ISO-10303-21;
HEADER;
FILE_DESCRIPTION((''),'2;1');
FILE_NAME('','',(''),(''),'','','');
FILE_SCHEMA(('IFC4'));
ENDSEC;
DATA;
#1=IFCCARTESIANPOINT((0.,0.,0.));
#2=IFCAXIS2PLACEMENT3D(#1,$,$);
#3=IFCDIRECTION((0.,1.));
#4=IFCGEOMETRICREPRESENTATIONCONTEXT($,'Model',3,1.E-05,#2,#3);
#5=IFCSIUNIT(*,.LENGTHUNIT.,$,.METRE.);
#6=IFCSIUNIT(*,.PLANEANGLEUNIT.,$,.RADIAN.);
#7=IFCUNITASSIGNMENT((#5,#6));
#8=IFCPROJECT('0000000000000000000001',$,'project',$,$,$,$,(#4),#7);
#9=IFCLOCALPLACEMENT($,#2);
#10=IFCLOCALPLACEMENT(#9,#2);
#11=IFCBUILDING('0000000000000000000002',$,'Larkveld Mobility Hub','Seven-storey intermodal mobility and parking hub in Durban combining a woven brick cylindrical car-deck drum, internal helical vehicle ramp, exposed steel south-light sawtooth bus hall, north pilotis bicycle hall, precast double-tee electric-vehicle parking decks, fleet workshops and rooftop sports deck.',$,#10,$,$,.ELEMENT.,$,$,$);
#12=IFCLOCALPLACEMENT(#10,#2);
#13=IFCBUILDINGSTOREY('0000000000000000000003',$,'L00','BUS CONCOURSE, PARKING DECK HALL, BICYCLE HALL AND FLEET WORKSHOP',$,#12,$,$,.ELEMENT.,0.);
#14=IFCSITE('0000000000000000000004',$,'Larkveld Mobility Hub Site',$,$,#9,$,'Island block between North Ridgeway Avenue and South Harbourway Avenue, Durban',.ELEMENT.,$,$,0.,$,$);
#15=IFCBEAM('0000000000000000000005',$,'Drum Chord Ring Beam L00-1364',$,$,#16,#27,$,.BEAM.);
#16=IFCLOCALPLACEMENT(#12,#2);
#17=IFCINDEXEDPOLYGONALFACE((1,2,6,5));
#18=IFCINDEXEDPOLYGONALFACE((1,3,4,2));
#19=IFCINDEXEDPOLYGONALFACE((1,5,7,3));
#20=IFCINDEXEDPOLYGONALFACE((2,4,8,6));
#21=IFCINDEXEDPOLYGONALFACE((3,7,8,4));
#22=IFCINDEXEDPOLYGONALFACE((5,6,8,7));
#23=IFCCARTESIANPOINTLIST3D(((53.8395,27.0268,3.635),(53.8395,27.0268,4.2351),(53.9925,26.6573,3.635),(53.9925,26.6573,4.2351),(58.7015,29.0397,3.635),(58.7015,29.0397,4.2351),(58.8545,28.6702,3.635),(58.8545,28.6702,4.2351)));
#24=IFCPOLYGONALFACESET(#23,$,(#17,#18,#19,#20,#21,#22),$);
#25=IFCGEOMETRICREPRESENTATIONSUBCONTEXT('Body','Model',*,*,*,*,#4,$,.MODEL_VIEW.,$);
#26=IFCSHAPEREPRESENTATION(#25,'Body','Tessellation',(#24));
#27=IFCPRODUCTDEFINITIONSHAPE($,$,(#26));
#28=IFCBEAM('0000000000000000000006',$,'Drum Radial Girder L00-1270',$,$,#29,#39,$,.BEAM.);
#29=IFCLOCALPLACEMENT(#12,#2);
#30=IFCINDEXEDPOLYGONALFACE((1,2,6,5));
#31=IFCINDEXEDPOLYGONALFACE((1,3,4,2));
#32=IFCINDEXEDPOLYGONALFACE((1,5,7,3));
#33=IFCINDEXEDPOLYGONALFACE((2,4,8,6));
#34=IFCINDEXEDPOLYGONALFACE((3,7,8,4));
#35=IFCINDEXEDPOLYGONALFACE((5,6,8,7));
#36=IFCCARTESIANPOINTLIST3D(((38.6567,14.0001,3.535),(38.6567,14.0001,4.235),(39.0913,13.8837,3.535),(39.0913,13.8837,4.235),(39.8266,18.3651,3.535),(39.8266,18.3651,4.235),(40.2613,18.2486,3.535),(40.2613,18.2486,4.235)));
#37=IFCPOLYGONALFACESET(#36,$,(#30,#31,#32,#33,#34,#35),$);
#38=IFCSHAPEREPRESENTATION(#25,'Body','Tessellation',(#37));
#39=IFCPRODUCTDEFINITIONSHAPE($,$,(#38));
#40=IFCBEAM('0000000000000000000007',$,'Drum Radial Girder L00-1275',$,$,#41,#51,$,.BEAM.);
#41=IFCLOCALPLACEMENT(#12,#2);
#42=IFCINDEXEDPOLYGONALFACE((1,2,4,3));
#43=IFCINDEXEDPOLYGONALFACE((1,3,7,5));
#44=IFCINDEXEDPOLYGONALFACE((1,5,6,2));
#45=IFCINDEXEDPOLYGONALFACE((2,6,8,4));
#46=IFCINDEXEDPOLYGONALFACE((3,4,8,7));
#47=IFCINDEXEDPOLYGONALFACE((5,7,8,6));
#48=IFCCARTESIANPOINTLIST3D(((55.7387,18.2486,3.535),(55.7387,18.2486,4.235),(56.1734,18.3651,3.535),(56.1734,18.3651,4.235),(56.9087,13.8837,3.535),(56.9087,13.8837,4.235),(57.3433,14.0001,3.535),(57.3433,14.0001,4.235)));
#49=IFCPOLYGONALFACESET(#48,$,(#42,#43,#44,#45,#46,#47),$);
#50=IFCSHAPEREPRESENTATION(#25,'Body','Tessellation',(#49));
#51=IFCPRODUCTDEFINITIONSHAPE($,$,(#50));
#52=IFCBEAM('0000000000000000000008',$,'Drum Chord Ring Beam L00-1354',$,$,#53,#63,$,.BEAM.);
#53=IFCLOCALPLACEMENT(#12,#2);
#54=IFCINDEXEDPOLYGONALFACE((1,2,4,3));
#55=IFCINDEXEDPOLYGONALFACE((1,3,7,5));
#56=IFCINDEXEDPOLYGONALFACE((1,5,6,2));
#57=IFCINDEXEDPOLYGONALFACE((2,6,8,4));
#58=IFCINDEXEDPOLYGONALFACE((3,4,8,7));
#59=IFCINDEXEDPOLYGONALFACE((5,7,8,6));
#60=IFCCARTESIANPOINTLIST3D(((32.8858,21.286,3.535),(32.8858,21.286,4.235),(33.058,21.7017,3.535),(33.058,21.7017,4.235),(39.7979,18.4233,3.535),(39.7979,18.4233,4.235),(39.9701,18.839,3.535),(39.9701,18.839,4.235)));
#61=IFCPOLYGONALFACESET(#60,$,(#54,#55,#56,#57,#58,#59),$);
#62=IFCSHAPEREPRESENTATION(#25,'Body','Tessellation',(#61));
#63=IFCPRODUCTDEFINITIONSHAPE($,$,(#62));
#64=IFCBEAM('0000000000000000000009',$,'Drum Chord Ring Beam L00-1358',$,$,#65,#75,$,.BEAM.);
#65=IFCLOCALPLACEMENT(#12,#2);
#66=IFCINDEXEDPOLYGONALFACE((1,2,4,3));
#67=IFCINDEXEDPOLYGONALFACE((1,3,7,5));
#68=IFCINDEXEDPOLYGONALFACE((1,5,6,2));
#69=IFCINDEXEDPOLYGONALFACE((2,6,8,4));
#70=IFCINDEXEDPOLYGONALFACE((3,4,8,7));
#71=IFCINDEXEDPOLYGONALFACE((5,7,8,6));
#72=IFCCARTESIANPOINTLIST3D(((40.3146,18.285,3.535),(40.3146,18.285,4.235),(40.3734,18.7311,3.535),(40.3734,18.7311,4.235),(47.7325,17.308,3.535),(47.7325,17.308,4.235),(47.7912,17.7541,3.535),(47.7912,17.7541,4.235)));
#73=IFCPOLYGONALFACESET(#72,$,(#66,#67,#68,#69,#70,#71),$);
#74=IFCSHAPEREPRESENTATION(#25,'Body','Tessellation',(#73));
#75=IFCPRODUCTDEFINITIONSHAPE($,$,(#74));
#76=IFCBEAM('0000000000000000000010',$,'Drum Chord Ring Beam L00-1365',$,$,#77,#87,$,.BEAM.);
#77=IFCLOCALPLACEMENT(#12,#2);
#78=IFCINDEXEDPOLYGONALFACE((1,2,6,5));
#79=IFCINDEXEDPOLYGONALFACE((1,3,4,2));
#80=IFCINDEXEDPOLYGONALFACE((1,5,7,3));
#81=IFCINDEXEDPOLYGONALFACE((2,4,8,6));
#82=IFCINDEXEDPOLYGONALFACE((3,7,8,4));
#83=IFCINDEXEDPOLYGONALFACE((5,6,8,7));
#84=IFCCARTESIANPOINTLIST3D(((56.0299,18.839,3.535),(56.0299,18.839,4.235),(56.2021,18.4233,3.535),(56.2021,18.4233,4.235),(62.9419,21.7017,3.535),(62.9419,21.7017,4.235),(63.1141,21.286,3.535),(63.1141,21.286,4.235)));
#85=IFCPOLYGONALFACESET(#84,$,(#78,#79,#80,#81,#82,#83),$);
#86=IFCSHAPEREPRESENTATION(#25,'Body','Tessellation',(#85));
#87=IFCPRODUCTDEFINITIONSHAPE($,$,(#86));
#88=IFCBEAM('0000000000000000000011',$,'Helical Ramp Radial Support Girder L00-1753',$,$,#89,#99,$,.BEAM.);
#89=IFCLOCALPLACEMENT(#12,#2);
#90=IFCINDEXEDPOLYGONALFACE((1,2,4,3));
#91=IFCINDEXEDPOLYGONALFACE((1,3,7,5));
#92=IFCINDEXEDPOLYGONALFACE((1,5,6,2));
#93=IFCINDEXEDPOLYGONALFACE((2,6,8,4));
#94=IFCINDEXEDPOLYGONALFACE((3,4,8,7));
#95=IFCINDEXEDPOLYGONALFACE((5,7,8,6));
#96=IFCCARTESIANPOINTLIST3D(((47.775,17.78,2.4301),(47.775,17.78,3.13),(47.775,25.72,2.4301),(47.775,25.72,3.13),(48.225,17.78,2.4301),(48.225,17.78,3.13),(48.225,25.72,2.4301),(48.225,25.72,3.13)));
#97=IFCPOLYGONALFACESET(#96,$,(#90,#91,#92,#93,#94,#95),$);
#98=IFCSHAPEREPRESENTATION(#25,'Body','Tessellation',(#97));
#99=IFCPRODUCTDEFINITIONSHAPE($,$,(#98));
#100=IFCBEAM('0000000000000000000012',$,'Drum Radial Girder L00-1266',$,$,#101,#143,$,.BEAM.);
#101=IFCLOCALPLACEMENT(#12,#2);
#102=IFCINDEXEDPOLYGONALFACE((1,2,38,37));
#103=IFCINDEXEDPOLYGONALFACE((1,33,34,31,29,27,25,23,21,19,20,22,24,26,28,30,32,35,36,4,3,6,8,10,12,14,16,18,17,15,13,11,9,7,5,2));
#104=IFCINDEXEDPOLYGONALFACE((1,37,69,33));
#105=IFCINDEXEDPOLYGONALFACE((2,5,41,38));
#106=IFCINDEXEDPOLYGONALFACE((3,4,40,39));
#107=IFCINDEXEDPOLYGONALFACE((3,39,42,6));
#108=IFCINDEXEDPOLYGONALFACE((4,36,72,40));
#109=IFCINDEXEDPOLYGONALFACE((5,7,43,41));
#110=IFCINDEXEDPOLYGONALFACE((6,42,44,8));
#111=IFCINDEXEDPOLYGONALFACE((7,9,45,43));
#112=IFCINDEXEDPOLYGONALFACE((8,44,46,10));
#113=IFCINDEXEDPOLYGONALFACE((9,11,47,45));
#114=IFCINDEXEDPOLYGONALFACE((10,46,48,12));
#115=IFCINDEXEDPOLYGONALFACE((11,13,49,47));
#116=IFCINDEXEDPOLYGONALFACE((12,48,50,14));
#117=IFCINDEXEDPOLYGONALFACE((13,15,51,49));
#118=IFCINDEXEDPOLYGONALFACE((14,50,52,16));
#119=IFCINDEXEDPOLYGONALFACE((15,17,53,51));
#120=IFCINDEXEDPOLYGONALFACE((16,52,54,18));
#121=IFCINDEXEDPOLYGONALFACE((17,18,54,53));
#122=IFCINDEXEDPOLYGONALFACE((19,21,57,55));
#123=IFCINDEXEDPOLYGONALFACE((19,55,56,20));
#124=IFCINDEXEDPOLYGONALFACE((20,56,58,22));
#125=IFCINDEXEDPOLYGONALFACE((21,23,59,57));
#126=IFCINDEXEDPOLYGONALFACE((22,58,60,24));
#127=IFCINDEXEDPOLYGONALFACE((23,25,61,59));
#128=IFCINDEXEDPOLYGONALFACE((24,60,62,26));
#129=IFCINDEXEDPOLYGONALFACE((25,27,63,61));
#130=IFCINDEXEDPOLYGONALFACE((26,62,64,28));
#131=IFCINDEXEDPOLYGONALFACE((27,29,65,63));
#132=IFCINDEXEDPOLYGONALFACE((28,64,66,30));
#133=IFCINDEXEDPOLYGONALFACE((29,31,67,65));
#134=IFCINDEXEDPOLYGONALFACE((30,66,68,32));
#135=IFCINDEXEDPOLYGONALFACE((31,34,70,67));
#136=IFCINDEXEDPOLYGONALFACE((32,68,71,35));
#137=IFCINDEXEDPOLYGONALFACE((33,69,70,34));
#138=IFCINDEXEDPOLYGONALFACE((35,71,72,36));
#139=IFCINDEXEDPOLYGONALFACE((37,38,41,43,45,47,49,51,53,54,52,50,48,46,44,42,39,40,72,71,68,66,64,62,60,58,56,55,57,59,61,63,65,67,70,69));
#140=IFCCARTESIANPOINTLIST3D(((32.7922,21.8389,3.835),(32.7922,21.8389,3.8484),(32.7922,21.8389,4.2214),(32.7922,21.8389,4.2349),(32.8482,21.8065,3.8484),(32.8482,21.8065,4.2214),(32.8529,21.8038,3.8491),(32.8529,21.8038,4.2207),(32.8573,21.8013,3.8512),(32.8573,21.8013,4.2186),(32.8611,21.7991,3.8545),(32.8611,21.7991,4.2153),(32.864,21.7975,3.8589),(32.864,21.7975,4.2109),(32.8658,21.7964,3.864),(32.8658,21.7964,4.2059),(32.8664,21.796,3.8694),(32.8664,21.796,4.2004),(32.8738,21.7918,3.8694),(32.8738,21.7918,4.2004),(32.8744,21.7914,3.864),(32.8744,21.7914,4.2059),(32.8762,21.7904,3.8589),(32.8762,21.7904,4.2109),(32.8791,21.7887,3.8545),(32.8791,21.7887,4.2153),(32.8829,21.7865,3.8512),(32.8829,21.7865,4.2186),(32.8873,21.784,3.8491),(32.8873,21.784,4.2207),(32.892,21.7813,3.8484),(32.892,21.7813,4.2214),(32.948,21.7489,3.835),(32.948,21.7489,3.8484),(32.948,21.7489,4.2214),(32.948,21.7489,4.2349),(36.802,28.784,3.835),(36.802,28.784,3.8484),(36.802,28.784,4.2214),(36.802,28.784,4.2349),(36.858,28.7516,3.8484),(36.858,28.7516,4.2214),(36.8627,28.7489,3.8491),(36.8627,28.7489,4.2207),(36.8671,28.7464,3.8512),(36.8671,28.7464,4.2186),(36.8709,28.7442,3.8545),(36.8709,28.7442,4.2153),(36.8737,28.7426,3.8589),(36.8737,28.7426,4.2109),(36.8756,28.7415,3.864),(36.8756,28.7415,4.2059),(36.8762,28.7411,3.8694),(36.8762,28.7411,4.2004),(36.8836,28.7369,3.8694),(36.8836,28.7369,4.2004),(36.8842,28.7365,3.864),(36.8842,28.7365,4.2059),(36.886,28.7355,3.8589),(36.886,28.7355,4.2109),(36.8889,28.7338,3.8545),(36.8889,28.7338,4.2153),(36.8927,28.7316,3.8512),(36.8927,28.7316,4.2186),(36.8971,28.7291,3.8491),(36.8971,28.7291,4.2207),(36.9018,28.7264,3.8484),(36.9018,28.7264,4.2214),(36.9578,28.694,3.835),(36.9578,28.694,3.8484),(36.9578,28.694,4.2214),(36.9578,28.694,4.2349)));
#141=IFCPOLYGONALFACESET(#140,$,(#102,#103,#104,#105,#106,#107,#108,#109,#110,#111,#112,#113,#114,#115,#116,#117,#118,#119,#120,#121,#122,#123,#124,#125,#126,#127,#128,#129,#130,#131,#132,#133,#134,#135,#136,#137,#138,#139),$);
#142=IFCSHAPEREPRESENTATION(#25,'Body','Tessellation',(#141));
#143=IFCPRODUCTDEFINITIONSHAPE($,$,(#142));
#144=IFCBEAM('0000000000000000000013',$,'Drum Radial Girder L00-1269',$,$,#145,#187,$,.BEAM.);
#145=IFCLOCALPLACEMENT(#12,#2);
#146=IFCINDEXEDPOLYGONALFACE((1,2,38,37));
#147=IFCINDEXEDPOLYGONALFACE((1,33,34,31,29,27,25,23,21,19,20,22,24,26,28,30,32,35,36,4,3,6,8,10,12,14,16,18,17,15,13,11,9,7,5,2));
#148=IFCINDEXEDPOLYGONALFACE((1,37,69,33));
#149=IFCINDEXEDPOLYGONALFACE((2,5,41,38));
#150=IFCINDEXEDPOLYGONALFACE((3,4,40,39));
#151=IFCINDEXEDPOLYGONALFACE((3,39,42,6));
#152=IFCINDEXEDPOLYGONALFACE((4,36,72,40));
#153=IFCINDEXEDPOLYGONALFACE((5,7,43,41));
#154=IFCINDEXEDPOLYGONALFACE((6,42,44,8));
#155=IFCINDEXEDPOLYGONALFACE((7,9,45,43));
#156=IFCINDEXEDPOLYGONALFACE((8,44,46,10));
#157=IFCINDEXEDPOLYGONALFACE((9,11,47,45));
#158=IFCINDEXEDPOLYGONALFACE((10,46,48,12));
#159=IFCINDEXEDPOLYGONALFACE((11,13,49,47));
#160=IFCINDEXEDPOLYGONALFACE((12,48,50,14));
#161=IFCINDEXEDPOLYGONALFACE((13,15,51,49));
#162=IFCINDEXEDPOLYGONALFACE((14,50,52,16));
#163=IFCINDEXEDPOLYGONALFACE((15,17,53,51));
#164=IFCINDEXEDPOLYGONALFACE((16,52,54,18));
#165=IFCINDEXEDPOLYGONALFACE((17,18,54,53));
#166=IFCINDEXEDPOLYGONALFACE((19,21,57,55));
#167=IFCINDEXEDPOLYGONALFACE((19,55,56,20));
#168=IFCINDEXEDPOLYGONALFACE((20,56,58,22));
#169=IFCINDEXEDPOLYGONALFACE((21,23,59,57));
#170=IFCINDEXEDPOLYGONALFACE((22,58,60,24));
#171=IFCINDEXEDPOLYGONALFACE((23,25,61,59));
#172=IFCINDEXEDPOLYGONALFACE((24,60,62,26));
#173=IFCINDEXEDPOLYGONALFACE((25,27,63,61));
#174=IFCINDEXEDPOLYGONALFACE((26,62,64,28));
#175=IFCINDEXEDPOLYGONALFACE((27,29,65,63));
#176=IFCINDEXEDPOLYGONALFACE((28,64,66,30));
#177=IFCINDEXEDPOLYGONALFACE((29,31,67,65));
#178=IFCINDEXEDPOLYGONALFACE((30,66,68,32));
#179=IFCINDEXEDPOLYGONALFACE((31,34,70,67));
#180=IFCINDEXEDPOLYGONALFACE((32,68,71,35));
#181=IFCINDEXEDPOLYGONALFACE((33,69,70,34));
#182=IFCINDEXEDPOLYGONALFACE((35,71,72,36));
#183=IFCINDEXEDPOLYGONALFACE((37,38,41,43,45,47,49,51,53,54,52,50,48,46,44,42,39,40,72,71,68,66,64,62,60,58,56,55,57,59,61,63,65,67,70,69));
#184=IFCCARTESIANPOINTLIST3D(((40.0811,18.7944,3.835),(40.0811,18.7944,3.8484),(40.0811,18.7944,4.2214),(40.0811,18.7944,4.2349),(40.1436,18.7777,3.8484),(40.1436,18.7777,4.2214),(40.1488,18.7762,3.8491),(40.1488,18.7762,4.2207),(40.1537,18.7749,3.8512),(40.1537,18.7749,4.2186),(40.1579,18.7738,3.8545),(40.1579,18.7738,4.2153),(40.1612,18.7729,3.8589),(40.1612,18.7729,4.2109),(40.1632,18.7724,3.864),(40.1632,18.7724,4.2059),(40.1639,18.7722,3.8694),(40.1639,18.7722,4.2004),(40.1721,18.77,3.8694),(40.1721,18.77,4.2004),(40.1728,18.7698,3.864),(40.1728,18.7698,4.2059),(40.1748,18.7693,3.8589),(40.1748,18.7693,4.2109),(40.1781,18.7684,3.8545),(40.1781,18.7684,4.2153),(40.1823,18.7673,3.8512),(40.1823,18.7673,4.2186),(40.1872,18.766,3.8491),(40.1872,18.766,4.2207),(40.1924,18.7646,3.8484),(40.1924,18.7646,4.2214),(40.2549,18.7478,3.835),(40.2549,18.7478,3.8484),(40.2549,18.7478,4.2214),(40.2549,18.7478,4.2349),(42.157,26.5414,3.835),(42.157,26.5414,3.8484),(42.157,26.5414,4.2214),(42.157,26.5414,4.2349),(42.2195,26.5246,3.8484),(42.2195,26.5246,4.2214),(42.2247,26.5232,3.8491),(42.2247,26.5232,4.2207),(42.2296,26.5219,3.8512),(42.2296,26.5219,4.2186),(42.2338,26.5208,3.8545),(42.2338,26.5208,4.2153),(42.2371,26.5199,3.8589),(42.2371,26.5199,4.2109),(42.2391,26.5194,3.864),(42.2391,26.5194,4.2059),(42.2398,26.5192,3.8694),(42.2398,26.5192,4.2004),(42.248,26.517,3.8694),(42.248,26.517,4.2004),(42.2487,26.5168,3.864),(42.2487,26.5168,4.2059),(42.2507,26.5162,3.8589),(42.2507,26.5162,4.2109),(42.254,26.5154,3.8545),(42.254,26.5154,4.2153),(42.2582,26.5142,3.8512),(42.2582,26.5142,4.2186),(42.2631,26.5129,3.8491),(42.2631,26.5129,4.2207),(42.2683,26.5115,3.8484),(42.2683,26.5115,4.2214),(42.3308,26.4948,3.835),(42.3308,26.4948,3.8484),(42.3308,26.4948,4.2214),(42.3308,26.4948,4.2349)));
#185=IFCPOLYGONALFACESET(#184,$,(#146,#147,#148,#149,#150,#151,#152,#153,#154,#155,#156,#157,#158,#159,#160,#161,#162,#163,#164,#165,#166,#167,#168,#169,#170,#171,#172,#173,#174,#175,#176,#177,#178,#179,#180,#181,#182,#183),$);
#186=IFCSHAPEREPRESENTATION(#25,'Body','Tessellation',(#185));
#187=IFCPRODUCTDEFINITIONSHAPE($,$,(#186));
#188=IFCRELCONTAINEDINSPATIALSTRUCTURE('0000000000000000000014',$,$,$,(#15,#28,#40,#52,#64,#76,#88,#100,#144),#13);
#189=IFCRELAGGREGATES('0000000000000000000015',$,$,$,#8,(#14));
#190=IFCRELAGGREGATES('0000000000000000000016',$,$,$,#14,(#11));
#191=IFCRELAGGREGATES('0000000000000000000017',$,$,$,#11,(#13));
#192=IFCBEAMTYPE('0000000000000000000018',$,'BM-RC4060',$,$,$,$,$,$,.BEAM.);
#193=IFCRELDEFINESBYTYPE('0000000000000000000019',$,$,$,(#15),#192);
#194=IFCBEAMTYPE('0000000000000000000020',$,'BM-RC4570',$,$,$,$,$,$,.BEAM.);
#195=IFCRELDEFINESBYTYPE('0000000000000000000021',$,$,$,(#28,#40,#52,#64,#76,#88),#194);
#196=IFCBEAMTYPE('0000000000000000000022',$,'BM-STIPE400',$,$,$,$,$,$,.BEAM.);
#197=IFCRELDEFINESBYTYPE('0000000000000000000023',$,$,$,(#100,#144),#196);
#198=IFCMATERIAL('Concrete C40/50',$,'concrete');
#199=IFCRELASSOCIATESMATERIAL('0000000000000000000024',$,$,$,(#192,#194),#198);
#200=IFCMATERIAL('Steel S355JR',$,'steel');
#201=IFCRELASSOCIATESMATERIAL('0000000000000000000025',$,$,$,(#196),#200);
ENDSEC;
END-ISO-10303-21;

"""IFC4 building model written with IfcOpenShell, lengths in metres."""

from ifc_helpers import new_model, si_unit, direction, frame, origin, origin_2d, place, context, subcontext, project, spatial, rectangle, i_section, extrude, material, material_profile, profile_set, type_object, element, save


model = new_model("IFC4")

# Units and contexts
model_context = context("Model", 3, precision=1e-05, world=origin(), true_north=direction((0.0, 1.0)))
body_context = subcontext(model_context, "Body", "Model", "MODEL_VIEW")
ifc_project = project(units=[si_unit("LENGTHUNIT", "METRE"), si_unit("PLANEANGLEUNIT", "RADIAN")], contexts=[model_context])

# Site, building, storey
site_placement = place(None, origin())
site = spatial("IfcSite", under=ifc_project, at=site_placement, Name="Larkveld Mobility Hub Site", LongName="Island block between North Ridgeway Avenue and South Harbourway Avenue, Durban", CompositionType="ELEMENT", RefElevation=0.0)
building_placement = place(site_placement, origin())
building = spatial("IfcBuilding", under=site, at=building_placement, Name="Larkveld Mobility Hub", Description="Seven-storey intermodal mobility and parking hub in Durban combining a woven brick cylindrical car-deck drum, internal helical vehicle ramp, exposed steel south-light sawtooth bus hall, north pilotis bicycle hall, precast double-tee electric-vehicle parking decks, fleet workshops and rooftop sports deck.", CompositionType="ELEMENT")
storey_placement = place(building_placement, origin())
storey = spatial("IfcBuildingStorey", under=building, at=storey_placement, Name="L00", Description="BUS CONCOURSE, PARKING DECK HALL, BICYCLE HALL AND FLEET WORKSHOP", CompositionType="ELEMENT", Elevation=0.0)

# Shared definitions
ifc_material_1 = material(Name="Concrete C40/50", Category="concrete")

# Beams
ifc_material_profile_1 = material_profile(ifc_material_1, rectangle(XDim=0.3999, YDim=0.6001, at=origin_2d()), Name="RC BM 400x600")
ifc_profile_set_1 = profile_set([ifc_material_profile_1], Name="Concrete C40/50")
beam_type_1 = type_object("IfcBeamType", Name="BM-RC4060", PredefinedType="BEAM", material=ifc_profile_set_1)
beam_1_placement = place(storey_placement, frame((53.916, 26.842, 3.9351), z_axis=(0.923946, 0.382523, 0.0), x_axis=(-0.382523, 0.923946, 0.0)))
element("IfcBeam", 1, at=beam_1_placement, inside=storey, type_object=beam_type_1, Name="Drum Chord Ring Beam L00-1364", PredefinedType="BEAM", context=body_context, shape_type="SweptSolid", body=[
    extrude(rectangle(XDim=0.3999, YDim=0.6001, at=origin_2d()), origin(), (0.0, 0.0, 1.0), 5.2622),
])
ifc_material_profile_2 = material_profile(ifc_material_1, rectangle(XDim=0.45, YDim=0.7, at=origin_2d()), Name="RC BM 450x700")
ifc_profile_set_2 = profile_set([ifc_material_profile_2], Name="Concrete C40/50")
beam_type_2 = type_object("IfcBeamType", Name="BM-RC4570", PredefinedType="BEAM", material=ifc_profile_set_2)
for number, where, z_axis, x_axis, name in (
    (2, (40.0439, 18.3069, 3.885), (-0.258886, -0.965908, 0.0), (0.965908, -0.258886, 0.0), "Drum Radial Girder L00-1270"),
    (3, (55.9561, 18.3069, 3.885), (0.258886, -0.965908, 0.0), (0.965908, 0.258886, 0.0), "Drum Radial Girder L00-1275"),
):
    element("IfcBeam", number, at=place(storey_placement, frame(where, z_axis=z_axis, x_axis=x_axis)), inside=storey, type_object=beam_type_2, Name=name, PredefinedType="BEAM", context=body_context, shape_type="SweptSolid", body=[
        extrude(rectangle(XDim=0.45, YDim=0.7, at=origin_2d()), origin(), (0.0, 0.0, 1.0), 4.519),
    ])
beam_2_placement = place(storey_placement, frame((32.9719, 21.4939, 3.885), z_axis=(0.923894, -0.38265, 0.0), x_axis=(0.38265, 0.923894, 0.0)))
element("IfcBeam", 4, at=beam_2_placement, inside=storey, type_object=beam_type_2, Name="Drum Chord Ring Beam L00-1354", PredefinedType="BEAM", context=body_context, shape_type="SweptSolid", body=[
    extrude(rectangle(XDim=0.45, YDim=0.7, at=origin_2d()), origin(), (0.0, 0.0, 1.0), 7.4814),
])
beam_3_placement = place(storey_placement, frame((40.344, 18.5081, 3.885), z_axis=(0.991437, -0.130586, 0.0), x_axis=(0.130586, 0.991437, 0.0)))
element("IfcBeam", 5, at=beam_3_placement, inside=storey, type_object=beam_type_2, Name="Drum Chord Ring Beam L00-1358", PredefinedType="BEAM", context=body_context, shape_type="SweptSolid", body=[
    extrude(rectangle(XDim=0.45, YDim=0.7, at=origin_2d()), origin(), (0.0, 0.0, 1.0), 7.4819),
])
beam_4_placement = place(storey_placement, frame((56.116, 18.6311, 3.885), z_axis=(0.923894, 0.38265, 0.0), x_axis=(-0.38265, 0.923894, 0.0)))
element("IfcBeam", 6, at=beam_4_placement, inside=storey, type_object=beam_type_2, Name="Drum Chord Ring Beam L00-1365", PredefinedType="BEAM", context=body_context, shape_type="SweptSolid", body=[
    extrude(rectangle(XDim=0.45, YDim=0.7, at=origin_2d()), origin(), (0.0, 0.0, 1.0), 7.4814),
])
beam_5_placement = place(storey_placement, frame((48.0, 25.72, 2.78), z_axis=(0.0, -1.0, 0.0), x_axis=(1.0, 0.0, 0.0)))
element("IfcBeam", 7, at=beam_5_placement, inside=storey, type_object=beam_type_2, Name="Helical Ramp Radial Support Girder L00-1753", PredefinedType="BEAM", context=body_context, shape_type="SweptSolid", body=[
    extrude(rectangle(XDim=0.45, YDim=0.7, at=origin_2d()), origin(), (0.0, 0.0, 1.0), 7.9399),
])
ifc_material_2 = material(Name="Steel S355JR", Category="steel")
ifc_material_profile_3 = material_profile(ifc_material_2, i_section(OverallWidth=0.1799, OverallDepth=0.3999, WebThickness=0.0085, FlangeThickness=0.0134, FilletRadius=0.021, at=origin_2d()), Name="IPE 400")
ifc_profile_set_3 = profile_set([ifc_material_profile_3], Name="Steel S355JR")
beam_type_3 = type_object("IfcBeamType", Name="BM-STIPE400", PredefinedType="BEAM", material=ifc_profile_set_3)
beam_6_placement = place(storey_placement, frame((36.8799, 28.739, 4.0349), z_axis=(-0.500003, -0.866024, 0.0), x_axis=(0.866024, -0.500003, 0.0)))
element("IfcBeam", 8, at=beam_6_placement, inside=storey, type_object=beam_type_3, Name="Drum Radial Girder L00-1266", PredefinedType="BEAM", context=body_context, shape_type="SweptSolid", body=[
    extrude(i_section(OverallWidth=0.1799, OverallDepth=0.3999, WebThickness=0.0085, FlangeThickness=0.0134, FilletRadius=0.021, at=origin_2d()), origin(), (0.0, 0.0, 1.0), 8.0195),
])
beam_7_placement = place(storey_placement, frame((42.2439, 26.5181, 4.0349), z_axis=(-0.258831, -0.965923, 0.0), x_axis=(0.965923, -0.258831, 0.0)))
element("IfcBeam", 9, at=beam_7_placement, inside=storey, type_object=beam_type_3, Name="Drum Radial Girder L00-1269", PredefinedType="BEAM", context=body_context, shape_type="SweptSolid", body=[
    extrude(i_section(OverallWidth=0.1799, OverallDepth=0.3999, WebThickness=0.0085, FlangeThickness=0.0134, FilletRadius=0.021, at=origin_2d()), origin(), (0.0, 0.0, 1.0), 8.0203),
])

save(model, "model.ifc")
